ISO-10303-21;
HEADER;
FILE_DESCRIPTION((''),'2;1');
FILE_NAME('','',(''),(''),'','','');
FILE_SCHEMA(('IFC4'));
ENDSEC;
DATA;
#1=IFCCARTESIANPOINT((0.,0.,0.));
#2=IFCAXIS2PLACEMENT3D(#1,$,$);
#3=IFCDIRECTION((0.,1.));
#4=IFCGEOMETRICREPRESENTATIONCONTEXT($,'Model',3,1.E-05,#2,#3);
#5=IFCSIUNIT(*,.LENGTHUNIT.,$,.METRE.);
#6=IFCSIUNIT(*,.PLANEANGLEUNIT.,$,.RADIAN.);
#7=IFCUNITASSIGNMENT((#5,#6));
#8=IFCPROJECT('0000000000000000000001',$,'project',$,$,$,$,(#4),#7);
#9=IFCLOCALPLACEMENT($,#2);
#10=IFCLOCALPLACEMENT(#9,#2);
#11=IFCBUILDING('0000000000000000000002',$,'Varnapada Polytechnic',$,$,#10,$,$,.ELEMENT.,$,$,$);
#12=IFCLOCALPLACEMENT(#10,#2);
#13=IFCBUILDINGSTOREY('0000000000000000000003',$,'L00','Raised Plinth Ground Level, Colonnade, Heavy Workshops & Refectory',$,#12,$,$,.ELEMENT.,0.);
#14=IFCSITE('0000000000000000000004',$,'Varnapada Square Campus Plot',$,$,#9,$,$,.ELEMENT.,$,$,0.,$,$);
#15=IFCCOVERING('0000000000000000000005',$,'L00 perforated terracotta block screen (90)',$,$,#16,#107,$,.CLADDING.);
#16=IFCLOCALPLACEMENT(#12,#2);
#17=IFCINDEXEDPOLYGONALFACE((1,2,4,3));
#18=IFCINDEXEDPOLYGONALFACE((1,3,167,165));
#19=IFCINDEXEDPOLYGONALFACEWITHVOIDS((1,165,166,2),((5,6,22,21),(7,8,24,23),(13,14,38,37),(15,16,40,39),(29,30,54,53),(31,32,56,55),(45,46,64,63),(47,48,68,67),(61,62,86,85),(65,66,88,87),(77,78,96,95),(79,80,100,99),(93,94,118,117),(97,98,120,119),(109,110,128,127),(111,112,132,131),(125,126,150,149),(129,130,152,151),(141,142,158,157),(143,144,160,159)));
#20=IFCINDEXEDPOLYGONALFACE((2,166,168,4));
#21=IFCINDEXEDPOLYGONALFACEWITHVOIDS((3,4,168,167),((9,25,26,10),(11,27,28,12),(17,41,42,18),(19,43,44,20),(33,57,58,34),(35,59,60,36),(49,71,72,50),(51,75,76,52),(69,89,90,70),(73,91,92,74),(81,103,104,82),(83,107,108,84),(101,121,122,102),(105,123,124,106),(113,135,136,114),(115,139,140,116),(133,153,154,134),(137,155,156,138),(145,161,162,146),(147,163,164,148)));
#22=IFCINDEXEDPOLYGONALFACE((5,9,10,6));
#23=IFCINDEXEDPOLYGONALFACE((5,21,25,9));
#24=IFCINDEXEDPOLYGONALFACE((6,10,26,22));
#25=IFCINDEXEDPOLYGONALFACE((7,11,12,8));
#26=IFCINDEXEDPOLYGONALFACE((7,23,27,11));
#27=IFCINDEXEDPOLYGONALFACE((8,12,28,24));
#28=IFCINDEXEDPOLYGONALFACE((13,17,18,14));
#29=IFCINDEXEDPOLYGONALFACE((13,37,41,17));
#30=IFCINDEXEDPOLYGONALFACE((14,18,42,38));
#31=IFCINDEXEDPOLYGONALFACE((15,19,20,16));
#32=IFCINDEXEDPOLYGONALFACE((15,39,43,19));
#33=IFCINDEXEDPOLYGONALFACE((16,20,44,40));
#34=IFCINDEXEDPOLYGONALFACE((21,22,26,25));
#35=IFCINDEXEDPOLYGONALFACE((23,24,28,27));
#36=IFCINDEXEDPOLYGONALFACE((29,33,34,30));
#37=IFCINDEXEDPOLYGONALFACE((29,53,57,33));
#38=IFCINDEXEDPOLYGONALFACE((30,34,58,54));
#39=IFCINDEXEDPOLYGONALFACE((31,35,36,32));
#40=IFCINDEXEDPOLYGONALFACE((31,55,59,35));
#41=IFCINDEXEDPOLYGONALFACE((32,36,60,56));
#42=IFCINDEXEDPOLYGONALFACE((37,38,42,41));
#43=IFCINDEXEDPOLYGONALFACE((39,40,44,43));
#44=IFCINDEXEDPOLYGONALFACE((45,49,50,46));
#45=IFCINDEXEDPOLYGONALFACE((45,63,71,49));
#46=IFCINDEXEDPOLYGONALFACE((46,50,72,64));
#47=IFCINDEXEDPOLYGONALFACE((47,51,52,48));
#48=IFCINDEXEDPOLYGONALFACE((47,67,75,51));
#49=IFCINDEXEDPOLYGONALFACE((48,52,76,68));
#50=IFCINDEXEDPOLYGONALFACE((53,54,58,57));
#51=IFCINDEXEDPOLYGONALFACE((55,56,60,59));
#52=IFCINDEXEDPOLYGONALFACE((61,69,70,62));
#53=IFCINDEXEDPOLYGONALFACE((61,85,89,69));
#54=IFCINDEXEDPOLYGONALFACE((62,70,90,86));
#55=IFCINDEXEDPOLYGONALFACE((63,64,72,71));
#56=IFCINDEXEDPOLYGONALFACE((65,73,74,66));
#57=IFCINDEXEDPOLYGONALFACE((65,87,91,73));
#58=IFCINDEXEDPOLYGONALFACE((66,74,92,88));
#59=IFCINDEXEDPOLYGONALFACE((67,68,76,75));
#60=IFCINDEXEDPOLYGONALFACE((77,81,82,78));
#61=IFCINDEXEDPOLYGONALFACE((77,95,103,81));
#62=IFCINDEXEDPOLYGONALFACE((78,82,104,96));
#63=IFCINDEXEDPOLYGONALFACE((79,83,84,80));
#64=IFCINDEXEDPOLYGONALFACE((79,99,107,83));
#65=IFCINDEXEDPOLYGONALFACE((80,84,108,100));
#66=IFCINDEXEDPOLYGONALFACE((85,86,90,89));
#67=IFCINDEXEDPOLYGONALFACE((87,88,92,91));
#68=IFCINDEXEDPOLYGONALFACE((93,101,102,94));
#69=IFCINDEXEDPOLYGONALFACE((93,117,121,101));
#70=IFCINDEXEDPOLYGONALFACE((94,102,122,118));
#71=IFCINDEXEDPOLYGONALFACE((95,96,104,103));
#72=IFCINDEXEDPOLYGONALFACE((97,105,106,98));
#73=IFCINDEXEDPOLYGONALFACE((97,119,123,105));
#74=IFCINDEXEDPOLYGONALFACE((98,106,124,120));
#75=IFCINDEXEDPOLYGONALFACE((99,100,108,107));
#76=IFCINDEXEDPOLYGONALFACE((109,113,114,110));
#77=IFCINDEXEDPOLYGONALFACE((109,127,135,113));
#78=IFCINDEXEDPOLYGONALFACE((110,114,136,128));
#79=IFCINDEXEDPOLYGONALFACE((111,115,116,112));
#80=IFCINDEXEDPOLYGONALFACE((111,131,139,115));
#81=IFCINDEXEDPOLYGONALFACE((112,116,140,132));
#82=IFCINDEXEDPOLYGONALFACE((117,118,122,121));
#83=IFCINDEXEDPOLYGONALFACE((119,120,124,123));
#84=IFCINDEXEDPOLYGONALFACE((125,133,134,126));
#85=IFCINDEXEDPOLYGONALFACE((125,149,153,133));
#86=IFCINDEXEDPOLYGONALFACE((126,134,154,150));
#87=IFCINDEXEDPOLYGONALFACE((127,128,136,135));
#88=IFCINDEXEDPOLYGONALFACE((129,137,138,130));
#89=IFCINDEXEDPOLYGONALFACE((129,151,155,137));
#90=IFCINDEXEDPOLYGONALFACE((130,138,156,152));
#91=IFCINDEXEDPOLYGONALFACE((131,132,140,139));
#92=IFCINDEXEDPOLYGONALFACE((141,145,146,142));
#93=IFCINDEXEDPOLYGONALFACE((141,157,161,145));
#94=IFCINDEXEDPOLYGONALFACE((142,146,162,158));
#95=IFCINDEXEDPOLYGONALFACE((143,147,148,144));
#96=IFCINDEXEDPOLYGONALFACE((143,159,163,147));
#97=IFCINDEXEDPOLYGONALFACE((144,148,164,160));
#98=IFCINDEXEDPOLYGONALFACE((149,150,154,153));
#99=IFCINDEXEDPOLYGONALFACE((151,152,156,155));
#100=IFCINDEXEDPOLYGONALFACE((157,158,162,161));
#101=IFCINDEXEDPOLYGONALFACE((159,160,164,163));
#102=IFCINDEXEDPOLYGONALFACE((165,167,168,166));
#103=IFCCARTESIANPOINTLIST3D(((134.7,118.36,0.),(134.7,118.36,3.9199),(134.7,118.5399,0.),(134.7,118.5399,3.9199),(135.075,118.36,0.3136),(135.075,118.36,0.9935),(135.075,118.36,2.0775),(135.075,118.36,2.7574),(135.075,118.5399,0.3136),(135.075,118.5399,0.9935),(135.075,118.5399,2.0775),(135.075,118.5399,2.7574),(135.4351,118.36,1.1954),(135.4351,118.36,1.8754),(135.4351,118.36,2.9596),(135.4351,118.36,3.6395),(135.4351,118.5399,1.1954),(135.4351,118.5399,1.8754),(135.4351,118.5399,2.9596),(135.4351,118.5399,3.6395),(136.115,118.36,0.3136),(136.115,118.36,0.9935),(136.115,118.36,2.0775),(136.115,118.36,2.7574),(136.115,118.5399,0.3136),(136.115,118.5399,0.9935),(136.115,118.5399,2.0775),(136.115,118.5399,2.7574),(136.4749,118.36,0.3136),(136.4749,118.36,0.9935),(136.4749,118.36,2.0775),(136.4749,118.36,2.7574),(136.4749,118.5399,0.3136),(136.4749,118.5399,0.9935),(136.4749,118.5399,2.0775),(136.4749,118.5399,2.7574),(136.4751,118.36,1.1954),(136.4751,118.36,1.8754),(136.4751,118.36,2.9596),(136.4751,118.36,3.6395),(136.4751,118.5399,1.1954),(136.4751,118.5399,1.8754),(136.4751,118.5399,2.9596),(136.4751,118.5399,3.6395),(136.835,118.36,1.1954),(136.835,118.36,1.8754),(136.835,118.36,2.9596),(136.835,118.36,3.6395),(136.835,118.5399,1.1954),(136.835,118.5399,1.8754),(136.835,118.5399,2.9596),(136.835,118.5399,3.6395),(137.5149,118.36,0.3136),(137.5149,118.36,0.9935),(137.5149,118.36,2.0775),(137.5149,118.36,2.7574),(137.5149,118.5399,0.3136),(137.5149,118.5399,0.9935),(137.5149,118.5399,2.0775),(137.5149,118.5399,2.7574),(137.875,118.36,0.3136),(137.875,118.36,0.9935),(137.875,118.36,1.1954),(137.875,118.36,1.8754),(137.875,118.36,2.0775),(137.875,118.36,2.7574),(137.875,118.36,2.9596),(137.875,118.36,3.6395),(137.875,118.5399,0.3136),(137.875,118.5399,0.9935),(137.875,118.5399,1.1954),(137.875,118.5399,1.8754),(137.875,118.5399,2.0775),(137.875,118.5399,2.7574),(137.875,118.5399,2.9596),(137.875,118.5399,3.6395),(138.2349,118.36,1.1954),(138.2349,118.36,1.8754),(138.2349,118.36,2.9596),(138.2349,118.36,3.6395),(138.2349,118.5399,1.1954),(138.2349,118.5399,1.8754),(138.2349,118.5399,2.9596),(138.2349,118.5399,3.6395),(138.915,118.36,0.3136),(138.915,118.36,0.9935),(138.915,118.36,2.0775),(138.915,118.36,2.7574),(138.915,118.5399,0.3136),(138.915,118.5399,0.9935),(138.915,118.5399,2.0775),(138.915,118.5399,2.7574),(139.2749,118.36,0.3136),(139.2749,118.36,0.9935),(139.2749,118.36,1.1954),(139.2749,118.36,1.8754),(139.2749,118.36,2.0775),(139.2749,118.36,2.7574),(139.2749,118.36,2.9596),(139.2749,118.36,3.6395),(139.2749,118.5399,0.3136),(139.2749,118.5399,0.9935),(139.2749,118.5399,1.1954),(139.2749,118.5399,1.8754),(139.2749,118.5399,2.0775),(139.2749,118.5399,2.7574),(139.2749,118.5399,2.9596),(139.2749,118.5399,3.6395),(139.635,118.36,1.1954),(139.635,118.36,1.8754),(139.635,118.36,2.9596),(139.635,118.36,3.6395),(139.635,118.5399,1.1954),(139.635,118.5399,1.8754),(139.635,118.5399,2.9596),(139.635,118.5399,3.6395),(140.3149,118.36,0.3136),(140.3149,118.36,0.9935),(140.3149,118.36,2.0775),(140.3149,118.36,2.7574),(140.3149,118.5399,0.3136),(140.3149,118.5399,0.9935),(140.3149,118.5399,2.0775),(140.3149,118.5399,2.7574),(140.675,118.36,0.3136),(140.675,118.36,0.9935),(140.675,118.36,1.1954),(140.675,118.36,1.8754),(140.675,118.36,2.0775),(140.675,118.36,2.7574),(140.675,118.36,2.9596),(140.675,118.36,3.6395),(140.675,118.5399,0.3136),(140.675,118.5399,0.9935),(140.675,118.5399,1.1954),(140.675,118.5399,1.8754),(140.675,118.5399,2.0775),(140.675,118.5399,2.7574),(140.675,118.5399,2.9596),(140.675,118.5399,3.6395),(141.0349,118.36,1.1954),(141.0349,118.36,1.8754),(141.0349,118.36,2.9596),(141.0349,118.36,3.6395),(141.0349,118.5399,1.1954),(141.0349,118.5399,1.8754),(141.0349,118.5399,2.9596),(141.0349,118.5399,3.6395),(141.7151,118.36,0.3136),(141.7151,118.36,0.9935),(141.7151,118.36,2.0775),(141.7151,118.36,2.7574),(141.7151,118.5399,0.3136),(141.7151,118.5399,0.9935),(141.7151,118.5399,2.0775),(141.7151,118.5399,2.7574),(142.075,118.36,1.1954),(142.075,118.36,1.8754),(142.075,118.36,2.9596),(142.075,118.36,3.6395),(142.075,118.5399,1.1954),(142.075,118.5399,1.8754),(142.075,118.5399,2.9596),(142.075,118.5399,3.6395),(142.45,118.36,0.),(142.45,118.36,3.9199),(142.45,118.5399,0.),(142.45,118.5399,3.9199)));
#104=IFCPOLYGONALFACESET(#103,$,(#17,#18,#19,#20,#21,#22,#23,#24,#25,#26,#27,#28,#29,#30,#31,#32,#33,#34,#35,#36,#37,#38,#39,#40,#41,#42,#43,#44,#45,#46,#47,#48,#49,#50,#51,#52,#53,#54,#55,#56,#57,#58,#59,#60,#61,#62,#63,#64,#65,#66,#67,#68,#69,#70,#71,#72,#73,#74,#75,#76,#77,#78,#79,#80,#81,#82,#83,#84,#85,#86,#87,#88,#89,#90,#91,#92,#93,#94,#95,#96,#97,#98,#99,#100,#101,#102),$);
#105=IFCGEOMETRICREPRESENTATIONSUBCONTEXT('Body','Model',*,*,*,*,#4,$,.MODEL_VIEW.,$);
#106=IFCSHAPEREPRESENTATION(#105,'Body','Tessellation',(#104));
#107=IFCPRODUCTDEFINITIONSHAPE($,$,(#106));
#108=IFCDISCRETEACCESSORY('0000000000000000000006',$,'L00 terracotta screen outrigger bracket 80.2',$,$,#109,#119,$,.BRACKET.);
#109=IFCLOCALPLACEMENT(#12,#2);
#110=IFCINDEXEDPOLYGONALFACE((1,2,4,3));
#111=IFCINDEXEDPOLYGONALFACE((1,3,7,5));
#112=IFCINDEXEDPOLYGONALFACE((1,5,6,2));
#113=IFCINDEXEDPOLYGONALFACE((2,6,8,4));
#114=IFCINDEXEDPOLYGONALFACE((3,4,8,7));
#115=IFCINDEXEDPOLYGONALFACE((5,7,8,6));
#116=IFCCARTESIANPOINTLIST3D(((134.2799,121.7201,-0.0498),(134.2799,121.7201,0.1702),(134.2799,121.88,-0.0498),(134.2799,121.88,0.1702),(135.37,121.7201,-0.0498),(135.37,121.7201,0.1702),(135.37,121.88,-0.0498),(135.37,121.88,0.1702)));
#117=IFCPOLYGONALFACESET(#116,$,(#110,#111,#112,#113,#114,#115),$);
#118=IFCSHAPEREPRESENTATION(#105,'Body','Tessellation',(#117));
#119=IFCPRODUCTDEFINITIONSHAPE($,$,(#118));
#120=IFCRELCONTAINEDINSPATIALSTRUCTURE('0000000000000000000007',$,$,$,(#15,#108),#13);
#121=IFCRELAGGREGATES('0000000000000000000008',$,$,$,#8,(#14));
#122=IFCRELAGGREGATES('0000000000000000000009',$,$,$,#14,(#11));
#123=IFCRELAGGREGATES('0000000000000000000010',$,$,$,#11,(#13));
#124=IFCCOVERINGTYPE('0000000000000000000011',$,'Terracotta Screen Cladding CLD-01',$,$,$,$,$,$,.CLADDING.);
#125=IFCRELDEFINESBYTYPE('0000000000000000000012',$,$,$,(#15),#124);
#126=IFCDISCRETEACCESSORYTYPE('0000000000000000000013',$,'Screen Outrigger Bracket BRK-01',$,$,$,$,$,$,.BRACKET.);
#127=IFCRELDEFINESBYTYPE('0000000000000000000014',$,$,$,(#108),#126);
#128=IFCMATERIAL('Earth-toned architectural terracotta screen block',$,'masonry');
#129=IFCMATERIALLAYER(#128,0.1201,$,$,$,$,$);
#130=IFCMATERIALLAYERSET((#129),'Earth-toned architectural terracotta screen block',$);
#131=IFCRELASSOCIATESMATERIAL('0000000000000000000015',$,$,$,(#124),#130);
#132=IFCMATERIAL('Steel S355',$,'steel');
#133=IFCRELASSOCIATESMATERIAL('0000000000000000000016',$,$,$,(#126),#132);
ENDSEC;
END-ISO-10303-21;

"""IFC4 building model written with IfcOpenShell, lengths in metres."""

from ifc_helpers import new_model, si_unit, direction, frame, frame_2d, origin, origin_2d, place, context, subcontext, project, spatial, rectangle, extrude, material, layer, layer_set, type_object, element, save


model = new_model("IFC4")

# Units and contexts
model_context = context("Model", 3, precision=1e-05, world=origin(), true_north=direction((0.0, 1.0)))
body_context = subcontext(model_context, "Body", "Model", "MODEL_VIEW")
ifc_project = project(units=[si_unit("LENGTHUNIT", "METRE"), si_unit("PLANEANGLEUNIT", "RADIAN")], contexts=[model_context])

# Site, building, storey
site_placement = place(None, origin())
site = spatial("IfcSite", under=ifc_project, at=site_placement, Name="Varnapada Square Campus Plot", CompositionType="ELEMENT", RefElevation=0.0)
building_placement = place(site_placement, origin())
building = spatial("IfcBuilding", under=site, at=building_placement, Name="Varnapada Polytechnic", CompositionType="ELEMENT")
storey_placement = place(building_placement, origin())
storey = spatial("IfcBuildingStorey", under=building, at=storey_placement, Name="L00", Description="Raised Plinth Ground Level, Colonnade, Heavy Workshops & Refectory", CompositionType="ELEMENT", Elevation=0.0)

# Covering, openings
ifc_material_1 = material(Name="Earth-toned architectural terracotta screen block", Category="masonry")
ifc_layer_1 = layer(ifc_material_1, 0.1201)
ifc_layer_set_1 = layer_set([ifc_layer_1], Name="Earth-toned architectural terracotta screen block")
covering_type = type_object("IfcCoveringType", Name="Terracotta Screen Cladding CLD-01", PredefinedType="CLADDING", material=ifc_layer_set_1)
covering_placement = place(storey_placement, frame((134.7, 118.45, 0.0), z_axis=(0.0, 0.0, 1.0), x_axis=(1.0, 0.0, 0.0)))
covering = element("IfcCovering", 1, at=covering_placement, inside=storey, type_object=covering_type, Name="L00 perforated terracotta block screen (90)", PredefinedType="CLADDING", context=body_context, shape_type="SweptSolid", body=[
    extrude(rectangle(XDim=7.75, YDim=0.1799, at=frame_2d((3.875, 0.0))), origin(), (0.0, 0.0, 1.0), 3.9199),
])
opening_1_placement = place(covering_placement, frame((0.375, 0.0, 0.3137)))
element("IfcOpeningElement", 2, at=opening_1_placement, cuts=covering, PredefinedType="OPENING", context=body_context, shape_type="SweptSolid", body=[
    extrude(rectangle(XDim=1.04, YDim=0.6799, at=frame_2d((0.52, 0.3398))), frame((0.0, 0.0999, 0.0), z_axis=(0.0, -1.0, 0.0), x_axis=(1.0, 0.0, 0.0)), (0.0, 0.0, 1.0), 0.2),
])
opening_2_placement = place(covering_placement, frame((1.7749, 0.0, 0.3137)))
element("IfcOpeningElement", 3, at=opening_2_placement, cuts=covering, PredefinedType="OPENING", context=body_context, shape_type="SweptSolid", body=[
    extrude(rectangle(XDim=1.04, YDim=0.6799, at=frame_2d((0.52, 0.3398))), frame((0.0, 0.0999, 0.0), z_axis=(0.0, -1.0, 0.0), x_axis=(1.0, 0.0, 0.0)), (0.0, 0.0, 1.0), 0.2),
])
opening_3_placement = place(covering_placement, frame((3.175, 0.0, 0.3137)))
element("IfcOpeningElement", 4, at=opening_3_placement, cuts=covering, PredefinedType="OPENING", context=body_context, shape_type="SweptSolid", body=[
    extrude(rectangle(XDim=1.04, YDim=0.6799, at=frame_2d((0.52, 0.3398))), frame((0.0, 0.0999, 0.0), z_axis=(0.0, -1.0, 0.0), x_axis=(1.0, 0.0, 0.0)), (0.0, 0.0, 1.0), 0.2),
])
opening_4_placement = place(covering_placement, frame((4.575, 0.0, 0.3137)))
element("IfcOpeningElement", 5, at=opening_4_placement, cuts=covering, PredefinedType="OPENING", context=body_context, shape_type="SweptSolid", body=[
    extrude(rectangle(XDim=1.04, YDim=0.6799, at=frame_2d((0.52, 0.3398))), frame((0.0, 0.0999, 0.0), z_axis=(0.0, -1.0, 0.0), x_axis=(1.0, 0.0, 0.0)), (0.0, 0.0, 1.0), 0.2),
])
opening_5_placement = place(covering_placement, frame((5.9751, 0.0, 0.3137)))
element("IfcOpeningElement", 6, at=opening_5_placement, cuts=covering, PredefinedType="OPENING", context=body_context, shape_type="SweptSolid", body=[
    extrude(rectangle(XDim=1.04, YDim=0.6799, at=frame_2d((0.52, 0.3398))), frame((0.0, 0.0999, 0.0), z_axis=(0.0, -1.0, 0.0), x_axis=(1.0, 0.0, 0.0)), (0.0, 0.0, 1.0), 0.2),
])
opening_6_placement = place(covering_placement, frame((0.7351, 0.0, 1.1956)))
element("IfcOpeningElement", 7, at=opening_6_placement, cuts=covering, PredefinedType="OPENING", context=body_context, shape_type="SweptSolid", body=[
    extrude(rectangle(XDim=1.04, YDim=0.6799, at=frame_2d((0.52, 0.3398))), frame((0.0, 0.0999, 0.0), z_axis=(0.0, -1.0, 0.0), x_axis=(1.0, 0.0, 0.0)), (0.0, 0.0, 1.0), 0.2),
])
opening_7_placement = place(covering_placement, frame((2.135, 0.0, 1.1956)))
element("IfcOpeningElement", 8, at=opening_7_placement, cuts=covering, PredefinedType="OPENING", context=body_context, shape_type="SweptSolid", body=[
    extrude(rectangle(XDim=1.04, YDim=0.6799, at=frame_2d((0.52, 0.3398))), frame((0.0, 0.0999, 0.0), z_axis=(0.0, -1.0, 0.0), x_axis=(1.0, 0.0, 0.0)), (0.0, 0.0, 1.0), 0.2),
])
opening_8_placement = place(covering_placement, frame((3.5349, 0.0, 1.1956)))
element("IfcOpeningElement", 9, at=opening_8_placement, cuts=covering, PredefinedType="OPENING", context=body_context, shape_type="SweptSolid", body=[
    extrude(rectangle(XDim=1.04, YDim=0.6799, at=frame_2d((0.52, 0.3398))), frame((0.0, 0.0999, 0.0), z_axis=(0.0, -1.0, 0.0), x_axis=(1.0, 0.0, 0.0)), (0.0, 0.0, 1.0), 0.2),
])
opening_9_placement = place(covering_placement, frame((4.9351, 0.0, 1.1956)))
element("IfcOpeningElement", 10, at=opening_9_placement, cuts=covering, PredefinedType="OPENING", context=body_context, shape_type="SweptSolid", body=[
    extrude(rectangle(XDim=1.04, YDim=0.6799, at=frame_2d((0.52, 0.3398))), frame((0.0, 0.0999, 0.0), z_axis=(0.0, -1.0, 0.0), x_axis=(1.0, 0.0, 0.0)), (0.0, 0.0, 1.0), 0.2),
])
opening_10_placement = place(covering_placement, frame((6.335, 0.0, 1.1956)))
element("IfcOpeningElement", 11, at=opening_10_placement, cuts=covering, PredefinedType="OPENING", context=body_context, shape_type="SweptSolid", body=[
    extrude(rectangle(XDim=1.04, YDim=0.6799, at=frame_2d((0.52, 0.3398))), frame((0.0, 0.0999, 0.0), z_axis=(0.0, -1.0, 0.0), x_axis=(1.0, 0.0, 0.0)), (0.0, 0.0, 1.0), 0.2),
])
opening_11_placement = place(covering_placement, frame((0.375, 0.0, 2.0776)))
element("IfcOpeningElement", 12, at=opening_11_placement, cuts=covering, PredefinedType="OPENING", context=body_context, shape_type="SweptSolid", body=[
    extrude(rectangle(XDim=1.04, YDim=0.6799, at=frame_2d((0.52, 0.3398))), frame((0.0, 0.0999, 0.0), z_axis=(0.0, -1.0, 0.0), x_axis=(1.0, 0.0, 0.0)), (0.0, 0.0, 1.0), 0.2),
])
opening_12_placement = place(covering_placement, frame((1.7749, 0.0, 2.0776)))
element("IfcOpeningElement", 13, at=opening_12_placement, cuts=covering, PredefinedType="OPENING", context=body_context, shape_type="SweptSolid", body=[
    extrude(rectangle(XDim=1.04, YDim=0.6799, at=frame_2d((0.52, 0.3398))), frame((0.0, 0.0999, 0.0), z_axis=(0.0, -1.0, 0.0), x_axis=(1.0, 0.0, 0.0)), (0.0, 0.0, 1.0), 0.2),
])
opening_13_placement = place(covering_placement, frame((3.175, 0.0, 2.0776)))
element("IfcOpeningElement", 14, at=opening_13_placement, cuts=covering, PredefinedType="OPENING", context=body_context, shape_type="SweptSolid", body=[
    extrude(rectangle(XDim=1.04, YDim=0.6799, at=frame_2d((0.52, 0.3398))), frame((0.0, 0.0999, 0.0), z_axis=(0.0, -1.0, 0.0), x_axis=(1.0, 0.0, 0.0)), (0.0, 0.0, 1.0), 0.2),
])
opening_14_placement = place(covering_placement, frame((4.575, 0.0, 2.0776)))
element("IfcOpeningElement", 15, at=opening_14_placement, cuts=covering, PredefinedType="OPENING", context=body_context, shape_type="SweptSolid", body=[
    extrude(rectangle(XDim=1.04, YDim=0.6799, at=frame_2d((0.52, 0.3398))), frame((0.0, 0.0999, 0.0), z_axis=(0.0, -1.0, 0.0), x_axis=(1.0, 0.0, 0.0)), (0.0, 0.0, 1.0), 0.2),
])
opening_15_placement = place(covering_placement, frame((5.9751, 0.0, 2.0776)))
element("IfcOpeningElement", 16, at=opening_15_placement, cuts=covering, PredefinedType="OPENING", context=body_context, shape_type="SweptSolid", body=[
    extrude(rectangle(XDim=1.04, YDim=0.6799, at=frame_2d((0.52, 0.3398))), frame((0.0, 0.0999, 0.0), z_axis=(0.0, -1.0, 0.0), x_axis=(1.0, 0.0, 0.0)), (0.0, 0.0, 1.0), 0.2),
])
opening_16_placement = place(covering_placement, frame((0.7351, 0.0, 2.9597)))
element("IfcOpeningElement", 17, at=opening_16_placement, cuts=covering, PredefinedType="OPENING", context=body_context, shape_type="SweptSolid", body=[
    extrude(rectangle(XDim=1.04, YDim=0.6799, at=frame_2d((0.52, 0.3398))), frame((0.0, 0.0999, 0.0), z_axis=(0.0, -1.0, 0.0), x_axis=(1.0, 0.0, 0.0)), (0.0, 0.0, 1.0), 0.2),
])
opening_17_placement = place(covering_placement, frame((2.135, 0.0, 2.9597)))
element("IfcOpeningElement", 18, at=opening_17_placement, cuts=covering, PredefinedType="OPENING", context=body_context, shape_type="SweptSolid", body=[
    extrude(rectangle(XDim=1.04, YDim=0.6799, at=frame_2d((0.52, 0.3398))), frame((0.0, 0.0999, 0.0), z_axis=(0.0, -1.0, 0.0), x_axis=(1.0, 0.0, 0.0)), (0.0, 0.0, 1.0), 0.2),
])
opening_18_placement = place(covering_placement, frame((3.5349, 0.0, 2.9597)))
element("IfcOpeningElement", 19, at=opening_18_placement, cuts=covering, PredefinedType="OPENING", context=body_context, shape_type="SweptSolid", body=[
    extrude(rectangle(XDim=1.04, YDim=0.6799, at=frame_2d((0.52, 0.3398))), frame((0.0, 0.0999, 0.0), z_axis=(0.0, -1.0, 0.0), x_axis=(1.0, 0.0, 0.0)), (0.0, 0.0, 1.0), 0.2),
])
opening_19_placement = place(covering_placement, frame((4.9351, 0.0, 2.9597)))
element("IfcOpeningElement", 20, at=opening_19_placement, cuts=covering, PredefinedType="OPENING", context=body_context, shape_type="SweptSolid", body=[
    extrude(rectangle(XDim=1.04, YDim=0.6799, at=frame_2d((0.52, 0.3398))), frame((0.0, 0.0999, 0.0), z_axis=(0.0, -1.0, 0.0), x_axis=(1.0, 0.0, 0.0)), (0.0, 0.0, 1.0), 0.2),
])
opening_20_placement = place(covering_placement, frame((6.335, 0.0, 2.9597)))
element("IfcOpeningElement", 21, at=opening_20_placement, cuts=covering, PredefinedType="OPENING", context=body_context, shape_type="SweptSolid", body=[
    extrude(rectangle(XDim=1.04, YDim=0.6799, at=frame_2d((0.52, 0.3398))), frame((0.0, 0.0999, 0.0), z_axis=(0.0, -1.0, 0.0), x_axis=(1.0, 0.0, 0.0)), (0.0, 0.0, 1.0), 0.2),
])

# Discrete accessory
ifc_material_2 = material(Name="Steel S355", Category="steel")
discrete_accessory_type = type_object("IfcDiscreteAccessoryType", Name="Screen Outrigger Bracket BRK-01", PredefinedType="BRACKET", material=ifc_material_2)
for number, where, z_axis, x_axis, name in (
    (22, (134.825, 121.8, -0.0498), (0.0, 0.0, 1.0), (0.0, -1.0, 0.0), "L00 terracotta screen outrigger bracket 80.2"),
):
    element("IfcDiscreteAccessory", number, at=place(storey_placement, frame(where, z_axis=z_axis, x_axis=x_axis)), inside=storey, type_object=discrete_accessory_type, Name=name, PredefinedType="BRACKET", context=body_context, shape_type="SweptSolid", body=[
        extrude(rectangle(XDim=0.1599, YDim=1.0901, at=origin_2d()), origin(), (0.0, 0.0, 1.0), 0.22),
    ])

save(model, "model.ifc")
